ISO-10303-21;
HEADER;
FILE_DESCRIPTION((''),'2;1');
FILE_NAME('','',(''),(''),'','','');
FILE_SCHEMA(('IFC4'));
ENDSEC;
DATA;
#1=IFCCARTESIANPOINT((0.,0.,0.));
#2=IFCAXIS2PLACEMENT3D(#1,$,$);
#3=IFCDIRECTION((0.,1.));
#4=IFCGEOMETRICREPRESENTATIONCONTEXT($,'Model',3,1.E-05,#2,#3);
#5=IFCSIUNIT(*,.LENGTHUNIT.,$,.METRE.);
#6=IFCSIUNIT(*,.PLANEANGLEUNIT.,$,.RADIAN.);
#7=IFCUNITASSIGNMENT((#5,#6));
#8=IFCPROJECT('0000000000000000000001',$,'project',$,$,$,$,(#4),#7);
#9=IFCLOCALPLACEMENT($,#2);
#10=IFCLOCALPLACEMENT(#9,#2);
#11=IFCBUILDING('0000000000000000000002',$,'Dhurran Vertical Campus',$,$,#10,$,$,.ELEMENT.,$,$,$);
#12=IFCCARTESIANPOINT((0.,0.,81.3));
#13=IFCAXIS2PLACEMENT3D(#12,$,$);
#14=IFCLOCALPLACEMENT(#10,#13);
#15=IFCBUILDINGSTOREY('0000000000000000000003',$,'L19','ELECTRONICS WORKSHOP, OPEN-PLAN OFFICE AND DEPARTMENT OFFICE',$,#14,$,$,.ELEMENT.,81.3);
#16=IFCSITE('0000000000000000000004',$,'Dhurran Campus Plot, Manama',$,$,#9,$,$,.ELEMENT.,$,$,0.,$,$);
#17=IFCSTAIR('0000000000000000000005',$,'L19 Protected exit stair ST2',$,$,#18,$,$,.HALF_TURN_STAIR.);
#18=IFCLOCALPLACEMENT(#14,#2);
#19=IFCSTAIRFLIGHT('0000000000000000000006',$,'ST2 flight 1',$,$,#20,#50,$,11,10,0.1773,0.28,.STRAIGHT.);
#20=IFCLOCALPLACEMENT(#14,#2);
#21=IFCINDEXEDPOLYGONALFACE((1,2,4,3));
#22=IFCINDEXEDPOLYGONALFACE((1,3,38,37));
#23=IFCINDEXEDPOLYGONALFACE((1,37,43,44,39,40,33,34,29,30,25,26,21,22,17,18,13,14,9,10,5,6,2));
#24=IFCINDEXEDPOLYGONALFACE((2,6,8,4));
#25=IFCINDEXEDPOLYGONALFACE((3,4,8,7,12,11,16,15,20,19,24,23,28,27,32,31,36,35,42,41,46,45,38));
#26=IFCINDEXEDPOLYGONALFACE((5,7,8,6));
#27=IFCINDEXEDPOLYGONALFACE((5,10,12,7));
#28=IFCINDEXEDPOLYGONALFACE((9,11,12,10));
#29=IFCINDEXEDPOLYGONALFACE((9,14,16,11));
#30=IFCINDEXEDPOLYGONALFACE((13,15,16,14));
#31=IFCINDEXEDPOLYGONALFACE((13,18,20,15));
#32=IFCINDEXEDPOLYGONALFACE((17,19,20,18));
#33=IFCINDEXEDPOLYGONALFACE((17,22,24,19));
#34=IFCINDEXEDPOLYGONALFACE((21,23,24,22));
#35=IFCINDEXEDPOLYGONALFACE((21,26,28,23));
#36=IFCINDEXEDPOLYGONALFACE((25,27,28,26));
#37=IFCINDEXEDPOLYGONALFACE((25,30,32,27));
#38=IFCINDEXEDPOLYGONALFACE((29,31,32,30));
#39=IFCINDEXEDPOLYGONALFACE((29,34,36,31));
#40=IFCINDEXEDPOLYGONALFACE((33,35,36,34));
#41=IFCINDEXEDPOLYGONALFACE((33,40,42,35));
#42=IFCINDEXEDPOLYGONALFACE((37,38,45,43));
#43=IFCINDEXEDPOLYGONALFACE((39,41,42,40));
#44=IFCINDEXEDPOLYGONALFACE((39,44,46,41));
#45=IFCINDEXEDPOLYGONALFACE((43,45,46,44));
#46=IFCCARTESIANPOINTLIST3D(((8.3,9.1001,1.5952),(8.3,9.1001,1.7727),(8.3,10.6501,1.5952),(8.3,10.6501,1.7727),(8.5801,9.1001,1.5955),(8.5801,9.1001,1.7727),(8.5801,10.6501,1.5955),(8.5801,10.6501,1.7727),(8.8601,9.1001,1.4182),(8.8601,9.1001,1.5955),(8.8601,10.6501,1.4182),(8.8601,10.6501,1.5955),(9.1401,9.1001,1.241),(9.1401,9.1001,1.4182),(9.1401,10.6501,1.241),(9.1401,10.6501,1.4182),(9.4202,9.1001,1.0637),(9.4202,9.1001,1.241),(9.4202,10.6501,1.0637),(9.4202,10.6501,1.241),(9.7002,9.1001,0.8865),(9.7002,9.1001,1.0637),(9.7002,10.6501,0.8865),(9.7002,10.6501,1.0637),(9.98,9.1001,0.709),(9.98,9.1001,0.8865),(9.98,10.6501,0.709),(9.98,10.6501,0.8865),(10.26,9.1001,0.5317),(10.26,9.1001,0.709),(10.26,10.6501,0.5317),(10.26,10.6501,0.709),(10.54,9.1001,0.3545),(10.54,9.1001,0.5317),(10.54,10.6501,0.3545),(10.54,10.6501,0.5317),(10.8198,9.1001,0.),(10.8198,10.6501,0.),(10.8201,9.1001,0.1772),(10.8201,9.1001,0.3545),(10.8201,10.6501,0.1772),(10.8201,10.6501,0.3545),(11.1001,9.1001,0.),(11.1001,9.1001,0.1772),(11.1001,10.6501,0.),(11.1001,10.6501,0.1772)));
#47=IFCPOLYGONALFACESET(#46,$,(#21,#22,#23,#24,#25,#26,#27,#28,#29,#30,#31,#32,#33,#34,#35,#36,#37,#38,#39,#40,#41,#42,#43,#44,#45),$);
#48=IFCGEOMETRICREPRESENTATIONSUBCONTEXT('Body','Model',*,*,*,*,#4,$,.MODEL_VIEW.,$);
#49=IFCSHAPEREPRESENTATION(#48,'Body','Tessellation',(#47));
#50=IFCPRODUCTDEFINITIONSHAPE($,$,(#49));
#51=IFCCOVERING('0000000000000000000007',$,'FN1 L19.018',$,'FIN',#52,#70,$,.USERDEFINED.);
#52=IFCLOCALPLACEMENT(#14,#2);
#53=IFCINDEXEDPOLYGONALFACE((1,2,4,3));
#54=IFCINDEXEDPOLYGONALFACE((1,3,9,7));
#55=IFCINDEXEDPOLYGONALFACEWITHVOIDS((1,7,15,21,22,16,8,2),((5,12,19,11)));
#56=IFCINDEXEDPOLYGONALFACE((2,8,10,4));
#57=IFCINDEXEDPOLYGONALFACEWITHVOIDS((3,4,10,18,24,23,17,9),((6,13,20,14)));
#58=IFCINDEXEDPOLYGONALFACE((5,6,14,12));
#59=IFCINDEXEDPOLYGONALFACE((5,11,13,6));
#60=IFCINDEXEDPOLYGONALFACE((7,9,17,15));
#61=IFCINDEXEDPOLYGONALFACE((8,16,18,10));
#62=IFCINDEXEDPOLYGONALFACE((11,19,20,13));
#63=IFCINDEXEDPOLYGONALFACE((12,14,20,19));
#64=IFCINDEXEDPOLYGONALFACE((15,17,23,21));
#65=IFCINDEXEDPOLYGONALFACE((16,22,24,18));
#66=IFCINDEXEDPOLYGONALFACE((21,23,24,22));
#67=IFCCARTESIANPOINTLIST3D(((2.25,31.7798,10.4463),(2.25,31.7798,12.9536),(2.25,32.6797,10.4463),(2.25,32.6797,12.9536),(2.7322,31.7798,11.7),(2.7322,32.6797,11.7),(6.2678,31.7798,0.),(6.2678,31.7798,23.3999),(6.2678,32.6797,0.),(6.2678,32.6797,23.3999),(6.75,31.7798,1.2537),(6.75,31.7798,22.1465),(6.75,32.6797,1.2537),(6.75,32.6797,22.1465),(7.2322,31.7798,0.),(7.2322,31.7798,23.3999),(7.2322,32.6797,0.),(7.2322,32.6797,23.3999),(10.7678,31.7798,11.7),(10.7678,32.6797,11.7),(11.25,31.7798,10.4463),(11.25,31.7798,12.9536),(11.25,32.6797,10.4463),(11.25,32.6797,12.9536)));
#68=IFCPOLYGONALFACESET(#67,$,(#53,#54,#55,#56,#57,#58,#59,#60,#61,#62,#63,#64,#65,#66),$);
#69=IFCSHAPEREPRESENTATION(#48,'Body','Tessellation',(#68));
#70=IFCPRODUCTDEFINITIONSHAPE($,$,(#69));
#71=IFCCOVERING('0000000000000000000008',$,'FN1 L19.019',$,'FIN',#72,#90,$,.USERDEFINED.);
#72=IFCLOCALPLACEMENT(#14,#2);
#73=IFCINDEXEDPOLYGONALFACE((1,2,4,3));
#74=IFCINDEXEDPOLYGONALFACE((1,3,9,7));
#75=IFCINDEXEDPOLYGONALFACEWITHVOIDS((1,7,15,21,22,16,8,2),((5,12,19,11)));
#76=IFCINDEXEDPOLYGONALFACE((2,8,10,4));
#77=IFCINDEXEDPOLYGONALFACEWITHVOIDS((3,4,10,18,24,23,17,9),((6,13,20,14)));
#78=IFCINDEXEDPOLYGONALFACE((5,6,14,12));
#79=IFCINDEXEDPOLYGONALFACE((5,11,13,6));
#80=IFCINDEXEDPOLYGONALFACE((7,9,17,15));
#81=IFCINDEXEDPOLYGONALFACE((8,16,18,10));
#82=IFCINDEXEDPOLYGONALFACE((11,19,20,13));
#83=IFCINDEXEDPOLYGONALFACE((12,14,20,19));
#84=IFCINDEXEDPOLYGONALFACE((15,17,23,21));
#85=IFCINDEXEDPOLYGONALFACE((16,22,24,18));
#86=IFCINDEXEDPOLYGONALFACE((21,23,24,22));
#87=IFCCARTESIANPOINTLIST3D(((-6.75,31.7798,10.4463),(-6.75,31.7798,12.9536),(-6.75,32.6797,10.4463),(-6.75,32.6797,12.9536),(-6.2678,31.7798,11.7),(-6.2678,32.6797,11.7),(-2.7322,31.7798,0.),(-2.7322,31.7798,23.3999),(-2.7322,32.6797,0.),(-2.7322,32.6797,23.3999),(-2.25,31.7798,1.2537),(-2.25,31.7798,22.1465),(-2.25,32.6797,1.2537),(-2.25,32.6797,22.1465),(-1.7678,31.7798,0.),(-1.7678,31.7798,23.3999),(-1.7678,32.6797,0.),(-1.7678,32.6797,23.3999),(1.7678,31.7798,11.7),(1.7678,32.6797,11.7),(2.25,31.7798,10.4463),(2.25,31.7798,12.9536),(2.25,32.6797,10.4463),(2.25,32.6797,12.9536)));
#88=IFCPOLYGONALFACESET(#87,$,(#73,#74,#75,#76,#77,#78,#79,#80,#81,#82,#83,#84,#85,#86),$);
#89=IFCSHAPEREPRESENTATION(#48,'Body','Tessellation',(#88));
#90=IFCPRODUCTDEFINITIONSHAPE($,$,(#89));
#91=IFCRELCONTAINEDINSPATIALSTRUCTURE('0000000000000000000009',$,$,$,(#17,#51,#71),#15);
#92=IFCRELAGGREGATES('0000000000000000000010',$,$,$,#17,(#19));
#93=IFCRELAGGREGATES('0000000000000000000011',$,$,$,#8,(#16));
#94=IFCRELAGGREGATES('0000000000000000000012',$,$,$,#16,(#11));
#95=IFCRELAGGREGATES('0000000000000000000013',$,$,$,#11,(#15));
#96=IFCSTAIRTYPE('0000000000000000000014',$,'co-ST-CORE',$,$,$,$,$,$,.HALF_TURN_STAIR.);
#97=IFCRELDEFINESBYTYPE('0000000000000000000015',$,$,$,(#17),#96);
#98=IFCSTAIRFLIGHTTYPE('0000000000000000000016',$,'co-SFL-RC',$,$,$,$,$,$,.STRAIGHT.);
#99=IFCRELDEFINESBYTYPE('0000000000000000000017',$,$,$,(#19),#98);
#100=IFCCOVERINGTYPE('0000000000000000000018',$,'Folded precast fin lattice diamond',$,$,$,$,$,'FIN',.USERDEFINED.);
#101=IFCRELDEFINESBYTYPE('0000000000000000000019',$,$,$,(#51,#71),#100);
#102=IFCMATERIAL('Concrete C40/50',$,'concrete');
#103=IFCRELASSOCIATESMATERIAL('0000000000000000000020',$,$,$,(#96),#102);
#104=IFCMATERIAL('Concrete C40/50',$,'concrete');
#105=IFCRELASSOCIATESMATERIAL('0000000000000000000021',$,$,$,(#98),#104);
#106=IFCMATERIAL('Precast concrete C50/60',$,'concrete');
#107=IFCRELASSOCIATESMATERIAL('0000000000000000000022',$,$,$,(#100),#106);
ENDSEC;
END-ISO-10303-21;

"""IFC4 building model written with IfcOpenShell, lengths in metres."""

from ifc_helpers import new_model, si_unit, direction, frame, origin, place, context, subcontext, project, spatial, polyline, outline, extrude, material, type_object, element, aggregate, save


model = new_model("IFC4")

# Units and contexts
model_context = context("Model", 3, precision=1e-05, world=origin(), true_north=direction((0.0, 1.0)))
body_context = subcontext(model_context, "Body", "Model", "MODEL_VIEW")
ifc_project = project(units=[si_unit("LENGTHUNIT", "METRE"), si_unit("PLANEANGLEUNIT", "RADIAN")], contexts=[model_context])

# Site, building, storey
site_placement = place(None, origin())
site = spatial("IfcSite", under=ifc_project, at=site_placement, Name="Dhurran Campus Plot, Manama", CompositionType="ELEMENT", RefElevation=0.0)
building_placement = place(site_placement, origin())
building = spatial("IfcBuilding", under=site, at=building_placement, Name="Dhurran Vertical Campus", CompositionType="ELEMENT")
storey_placement = place(building_placement, frame((0.0, 0.0, 81.3)))
storey = spatial("IfcBuildingStorey", under=building, at=storey_placement, Name="L19", Description="ELECTRONICS WORKSHOP, OPEN-PLAN OFFICE AND DEPARTMENT OFFICE", CompositionType="ELEMENT", Elevation=81.3)

# Stair, stair flight
ifc_material_1 = material(Name="Concrete C40/50", Category="concrete")
stair_type = type_object("IfcStairType", Name="co-ST-CORE", PredefinedType="HALF_TURN_STAIR", material=ifc_material_1)
stair_placement = place(storey_placement, origin())
stair = element("IfcStair", 1, at=stair_placement, inside=storey, type_object=stair_type, Name="L19 Protected exit stair ST2", PredefinedType="HALF_TURN_STAIR")
ifc_material_2 = material(Name="Concrete C40/50", Category="concrete")
stair_flight_type = type_object("IfcStairFlightType", Name="co-SFL-RC", PredefinedType="STRAIGHT", material=ifc_material_2)
stair_flight_placement = place(storey_placement, frame((11.1001, 9.875, 0.0), z_axis=(0.0, 0.0, 1.0), x_axis=(-1.0, 0.0, 0.0)))
stair_flight = element("IfcStairFlight", 2, at=stair_flight_placement, type_object=stair_flight_type, Name="ST2 flight 1", NumberOfRisers=11, NumberOfTreads=10, PredefinedType="STRAIGHT", RiserHeight=0.1773, TreadLength=0.28, context=body_context, shape_type="SweptSolid", body=[
    extrude(outline(polyline([(0.0, 0.0), (0.0, 0.1772), (0.28, 0.1772), (0.28, 0.3545), (0.5601, 0.3545), (0.5601, 0.5317), (0.8401, 0.5317), (0.8401, 0.709), (1.1201, 0.709), (1.1201, 0.8865), (1.3999, 0.8865), (1.3999, 1.0637), (1.6799, 1.0637), (1.6799, 1.241), (1.96, 1.241), (1.96, 1.4182), (2.24, 1.4182), (2.24, 1.5955), (2.52, 1.5955), (2.52, 1.7727), (2.8, 1.7727), (2.8, 1.95), (2.8, 1.5952), (0.2803, 0.0), (0.0, 0.0)])), frame((0.0, 0.7749, 0.0), z_axis=(0.0, -1.0, 0.0), x_axis=(1.0, 0.0, 0.0)), (0.0, 0.0, 1.0), 1.55),
])
aggregate(stair, [stair_flight])

# Coverings
ifc_material_3 = material(Name="Precast concrete C50/60", Category="concrete")
covering_type = type_object("IfcCoveringType", Name="Folded precast fin lattice diamond", ElementType="FIN", PredefinedType="USERDEFINED", material=ifc_material_3)
for number, where, z_axis, x_axis, name in (
    (3, (11.25, 31.7798, 0.0), (0.0, 1.0, 0.0), (-1.0, 0.0, 0.0), "FN1 L19.018"),
    (4, (2.25, 31.7798, 0.0), (0.0, 1.0, 0.0), (-1.0, 0.0, 0.0), "FN1 L19.019"),
):
    element("IfcCovering", number, at=place(storey_placement, frame(where, z_axis=z_axis, x_axis=x_axis)), inside=storey, type_object=covering_type, Name=name, ObjectType="FIN", PredefinedType="USERDEFINED", context=body_context, shape_type="SweptSolid", body=[
        extrude(outline(polyline([(9.0, 12.9536), (9.0, 10.4463), (4.9822, 0.0), (4.0178, 0.0), (0.0, 10.4463), (0.0, 12.9536), (4.0178, 23.3999), (4.9822, 23.3999), (9.0, 12.9536)]), holes=[polyline([(8.5178, 11.7), (4.5, 22.1465), (0.4822, 11.7), (4.5, 1.2537), (8.5178, 11.7)])]), origin(), (0.0, 0.0, 1.0), 0.8999),
    ])

save(model, "model.ifc")
